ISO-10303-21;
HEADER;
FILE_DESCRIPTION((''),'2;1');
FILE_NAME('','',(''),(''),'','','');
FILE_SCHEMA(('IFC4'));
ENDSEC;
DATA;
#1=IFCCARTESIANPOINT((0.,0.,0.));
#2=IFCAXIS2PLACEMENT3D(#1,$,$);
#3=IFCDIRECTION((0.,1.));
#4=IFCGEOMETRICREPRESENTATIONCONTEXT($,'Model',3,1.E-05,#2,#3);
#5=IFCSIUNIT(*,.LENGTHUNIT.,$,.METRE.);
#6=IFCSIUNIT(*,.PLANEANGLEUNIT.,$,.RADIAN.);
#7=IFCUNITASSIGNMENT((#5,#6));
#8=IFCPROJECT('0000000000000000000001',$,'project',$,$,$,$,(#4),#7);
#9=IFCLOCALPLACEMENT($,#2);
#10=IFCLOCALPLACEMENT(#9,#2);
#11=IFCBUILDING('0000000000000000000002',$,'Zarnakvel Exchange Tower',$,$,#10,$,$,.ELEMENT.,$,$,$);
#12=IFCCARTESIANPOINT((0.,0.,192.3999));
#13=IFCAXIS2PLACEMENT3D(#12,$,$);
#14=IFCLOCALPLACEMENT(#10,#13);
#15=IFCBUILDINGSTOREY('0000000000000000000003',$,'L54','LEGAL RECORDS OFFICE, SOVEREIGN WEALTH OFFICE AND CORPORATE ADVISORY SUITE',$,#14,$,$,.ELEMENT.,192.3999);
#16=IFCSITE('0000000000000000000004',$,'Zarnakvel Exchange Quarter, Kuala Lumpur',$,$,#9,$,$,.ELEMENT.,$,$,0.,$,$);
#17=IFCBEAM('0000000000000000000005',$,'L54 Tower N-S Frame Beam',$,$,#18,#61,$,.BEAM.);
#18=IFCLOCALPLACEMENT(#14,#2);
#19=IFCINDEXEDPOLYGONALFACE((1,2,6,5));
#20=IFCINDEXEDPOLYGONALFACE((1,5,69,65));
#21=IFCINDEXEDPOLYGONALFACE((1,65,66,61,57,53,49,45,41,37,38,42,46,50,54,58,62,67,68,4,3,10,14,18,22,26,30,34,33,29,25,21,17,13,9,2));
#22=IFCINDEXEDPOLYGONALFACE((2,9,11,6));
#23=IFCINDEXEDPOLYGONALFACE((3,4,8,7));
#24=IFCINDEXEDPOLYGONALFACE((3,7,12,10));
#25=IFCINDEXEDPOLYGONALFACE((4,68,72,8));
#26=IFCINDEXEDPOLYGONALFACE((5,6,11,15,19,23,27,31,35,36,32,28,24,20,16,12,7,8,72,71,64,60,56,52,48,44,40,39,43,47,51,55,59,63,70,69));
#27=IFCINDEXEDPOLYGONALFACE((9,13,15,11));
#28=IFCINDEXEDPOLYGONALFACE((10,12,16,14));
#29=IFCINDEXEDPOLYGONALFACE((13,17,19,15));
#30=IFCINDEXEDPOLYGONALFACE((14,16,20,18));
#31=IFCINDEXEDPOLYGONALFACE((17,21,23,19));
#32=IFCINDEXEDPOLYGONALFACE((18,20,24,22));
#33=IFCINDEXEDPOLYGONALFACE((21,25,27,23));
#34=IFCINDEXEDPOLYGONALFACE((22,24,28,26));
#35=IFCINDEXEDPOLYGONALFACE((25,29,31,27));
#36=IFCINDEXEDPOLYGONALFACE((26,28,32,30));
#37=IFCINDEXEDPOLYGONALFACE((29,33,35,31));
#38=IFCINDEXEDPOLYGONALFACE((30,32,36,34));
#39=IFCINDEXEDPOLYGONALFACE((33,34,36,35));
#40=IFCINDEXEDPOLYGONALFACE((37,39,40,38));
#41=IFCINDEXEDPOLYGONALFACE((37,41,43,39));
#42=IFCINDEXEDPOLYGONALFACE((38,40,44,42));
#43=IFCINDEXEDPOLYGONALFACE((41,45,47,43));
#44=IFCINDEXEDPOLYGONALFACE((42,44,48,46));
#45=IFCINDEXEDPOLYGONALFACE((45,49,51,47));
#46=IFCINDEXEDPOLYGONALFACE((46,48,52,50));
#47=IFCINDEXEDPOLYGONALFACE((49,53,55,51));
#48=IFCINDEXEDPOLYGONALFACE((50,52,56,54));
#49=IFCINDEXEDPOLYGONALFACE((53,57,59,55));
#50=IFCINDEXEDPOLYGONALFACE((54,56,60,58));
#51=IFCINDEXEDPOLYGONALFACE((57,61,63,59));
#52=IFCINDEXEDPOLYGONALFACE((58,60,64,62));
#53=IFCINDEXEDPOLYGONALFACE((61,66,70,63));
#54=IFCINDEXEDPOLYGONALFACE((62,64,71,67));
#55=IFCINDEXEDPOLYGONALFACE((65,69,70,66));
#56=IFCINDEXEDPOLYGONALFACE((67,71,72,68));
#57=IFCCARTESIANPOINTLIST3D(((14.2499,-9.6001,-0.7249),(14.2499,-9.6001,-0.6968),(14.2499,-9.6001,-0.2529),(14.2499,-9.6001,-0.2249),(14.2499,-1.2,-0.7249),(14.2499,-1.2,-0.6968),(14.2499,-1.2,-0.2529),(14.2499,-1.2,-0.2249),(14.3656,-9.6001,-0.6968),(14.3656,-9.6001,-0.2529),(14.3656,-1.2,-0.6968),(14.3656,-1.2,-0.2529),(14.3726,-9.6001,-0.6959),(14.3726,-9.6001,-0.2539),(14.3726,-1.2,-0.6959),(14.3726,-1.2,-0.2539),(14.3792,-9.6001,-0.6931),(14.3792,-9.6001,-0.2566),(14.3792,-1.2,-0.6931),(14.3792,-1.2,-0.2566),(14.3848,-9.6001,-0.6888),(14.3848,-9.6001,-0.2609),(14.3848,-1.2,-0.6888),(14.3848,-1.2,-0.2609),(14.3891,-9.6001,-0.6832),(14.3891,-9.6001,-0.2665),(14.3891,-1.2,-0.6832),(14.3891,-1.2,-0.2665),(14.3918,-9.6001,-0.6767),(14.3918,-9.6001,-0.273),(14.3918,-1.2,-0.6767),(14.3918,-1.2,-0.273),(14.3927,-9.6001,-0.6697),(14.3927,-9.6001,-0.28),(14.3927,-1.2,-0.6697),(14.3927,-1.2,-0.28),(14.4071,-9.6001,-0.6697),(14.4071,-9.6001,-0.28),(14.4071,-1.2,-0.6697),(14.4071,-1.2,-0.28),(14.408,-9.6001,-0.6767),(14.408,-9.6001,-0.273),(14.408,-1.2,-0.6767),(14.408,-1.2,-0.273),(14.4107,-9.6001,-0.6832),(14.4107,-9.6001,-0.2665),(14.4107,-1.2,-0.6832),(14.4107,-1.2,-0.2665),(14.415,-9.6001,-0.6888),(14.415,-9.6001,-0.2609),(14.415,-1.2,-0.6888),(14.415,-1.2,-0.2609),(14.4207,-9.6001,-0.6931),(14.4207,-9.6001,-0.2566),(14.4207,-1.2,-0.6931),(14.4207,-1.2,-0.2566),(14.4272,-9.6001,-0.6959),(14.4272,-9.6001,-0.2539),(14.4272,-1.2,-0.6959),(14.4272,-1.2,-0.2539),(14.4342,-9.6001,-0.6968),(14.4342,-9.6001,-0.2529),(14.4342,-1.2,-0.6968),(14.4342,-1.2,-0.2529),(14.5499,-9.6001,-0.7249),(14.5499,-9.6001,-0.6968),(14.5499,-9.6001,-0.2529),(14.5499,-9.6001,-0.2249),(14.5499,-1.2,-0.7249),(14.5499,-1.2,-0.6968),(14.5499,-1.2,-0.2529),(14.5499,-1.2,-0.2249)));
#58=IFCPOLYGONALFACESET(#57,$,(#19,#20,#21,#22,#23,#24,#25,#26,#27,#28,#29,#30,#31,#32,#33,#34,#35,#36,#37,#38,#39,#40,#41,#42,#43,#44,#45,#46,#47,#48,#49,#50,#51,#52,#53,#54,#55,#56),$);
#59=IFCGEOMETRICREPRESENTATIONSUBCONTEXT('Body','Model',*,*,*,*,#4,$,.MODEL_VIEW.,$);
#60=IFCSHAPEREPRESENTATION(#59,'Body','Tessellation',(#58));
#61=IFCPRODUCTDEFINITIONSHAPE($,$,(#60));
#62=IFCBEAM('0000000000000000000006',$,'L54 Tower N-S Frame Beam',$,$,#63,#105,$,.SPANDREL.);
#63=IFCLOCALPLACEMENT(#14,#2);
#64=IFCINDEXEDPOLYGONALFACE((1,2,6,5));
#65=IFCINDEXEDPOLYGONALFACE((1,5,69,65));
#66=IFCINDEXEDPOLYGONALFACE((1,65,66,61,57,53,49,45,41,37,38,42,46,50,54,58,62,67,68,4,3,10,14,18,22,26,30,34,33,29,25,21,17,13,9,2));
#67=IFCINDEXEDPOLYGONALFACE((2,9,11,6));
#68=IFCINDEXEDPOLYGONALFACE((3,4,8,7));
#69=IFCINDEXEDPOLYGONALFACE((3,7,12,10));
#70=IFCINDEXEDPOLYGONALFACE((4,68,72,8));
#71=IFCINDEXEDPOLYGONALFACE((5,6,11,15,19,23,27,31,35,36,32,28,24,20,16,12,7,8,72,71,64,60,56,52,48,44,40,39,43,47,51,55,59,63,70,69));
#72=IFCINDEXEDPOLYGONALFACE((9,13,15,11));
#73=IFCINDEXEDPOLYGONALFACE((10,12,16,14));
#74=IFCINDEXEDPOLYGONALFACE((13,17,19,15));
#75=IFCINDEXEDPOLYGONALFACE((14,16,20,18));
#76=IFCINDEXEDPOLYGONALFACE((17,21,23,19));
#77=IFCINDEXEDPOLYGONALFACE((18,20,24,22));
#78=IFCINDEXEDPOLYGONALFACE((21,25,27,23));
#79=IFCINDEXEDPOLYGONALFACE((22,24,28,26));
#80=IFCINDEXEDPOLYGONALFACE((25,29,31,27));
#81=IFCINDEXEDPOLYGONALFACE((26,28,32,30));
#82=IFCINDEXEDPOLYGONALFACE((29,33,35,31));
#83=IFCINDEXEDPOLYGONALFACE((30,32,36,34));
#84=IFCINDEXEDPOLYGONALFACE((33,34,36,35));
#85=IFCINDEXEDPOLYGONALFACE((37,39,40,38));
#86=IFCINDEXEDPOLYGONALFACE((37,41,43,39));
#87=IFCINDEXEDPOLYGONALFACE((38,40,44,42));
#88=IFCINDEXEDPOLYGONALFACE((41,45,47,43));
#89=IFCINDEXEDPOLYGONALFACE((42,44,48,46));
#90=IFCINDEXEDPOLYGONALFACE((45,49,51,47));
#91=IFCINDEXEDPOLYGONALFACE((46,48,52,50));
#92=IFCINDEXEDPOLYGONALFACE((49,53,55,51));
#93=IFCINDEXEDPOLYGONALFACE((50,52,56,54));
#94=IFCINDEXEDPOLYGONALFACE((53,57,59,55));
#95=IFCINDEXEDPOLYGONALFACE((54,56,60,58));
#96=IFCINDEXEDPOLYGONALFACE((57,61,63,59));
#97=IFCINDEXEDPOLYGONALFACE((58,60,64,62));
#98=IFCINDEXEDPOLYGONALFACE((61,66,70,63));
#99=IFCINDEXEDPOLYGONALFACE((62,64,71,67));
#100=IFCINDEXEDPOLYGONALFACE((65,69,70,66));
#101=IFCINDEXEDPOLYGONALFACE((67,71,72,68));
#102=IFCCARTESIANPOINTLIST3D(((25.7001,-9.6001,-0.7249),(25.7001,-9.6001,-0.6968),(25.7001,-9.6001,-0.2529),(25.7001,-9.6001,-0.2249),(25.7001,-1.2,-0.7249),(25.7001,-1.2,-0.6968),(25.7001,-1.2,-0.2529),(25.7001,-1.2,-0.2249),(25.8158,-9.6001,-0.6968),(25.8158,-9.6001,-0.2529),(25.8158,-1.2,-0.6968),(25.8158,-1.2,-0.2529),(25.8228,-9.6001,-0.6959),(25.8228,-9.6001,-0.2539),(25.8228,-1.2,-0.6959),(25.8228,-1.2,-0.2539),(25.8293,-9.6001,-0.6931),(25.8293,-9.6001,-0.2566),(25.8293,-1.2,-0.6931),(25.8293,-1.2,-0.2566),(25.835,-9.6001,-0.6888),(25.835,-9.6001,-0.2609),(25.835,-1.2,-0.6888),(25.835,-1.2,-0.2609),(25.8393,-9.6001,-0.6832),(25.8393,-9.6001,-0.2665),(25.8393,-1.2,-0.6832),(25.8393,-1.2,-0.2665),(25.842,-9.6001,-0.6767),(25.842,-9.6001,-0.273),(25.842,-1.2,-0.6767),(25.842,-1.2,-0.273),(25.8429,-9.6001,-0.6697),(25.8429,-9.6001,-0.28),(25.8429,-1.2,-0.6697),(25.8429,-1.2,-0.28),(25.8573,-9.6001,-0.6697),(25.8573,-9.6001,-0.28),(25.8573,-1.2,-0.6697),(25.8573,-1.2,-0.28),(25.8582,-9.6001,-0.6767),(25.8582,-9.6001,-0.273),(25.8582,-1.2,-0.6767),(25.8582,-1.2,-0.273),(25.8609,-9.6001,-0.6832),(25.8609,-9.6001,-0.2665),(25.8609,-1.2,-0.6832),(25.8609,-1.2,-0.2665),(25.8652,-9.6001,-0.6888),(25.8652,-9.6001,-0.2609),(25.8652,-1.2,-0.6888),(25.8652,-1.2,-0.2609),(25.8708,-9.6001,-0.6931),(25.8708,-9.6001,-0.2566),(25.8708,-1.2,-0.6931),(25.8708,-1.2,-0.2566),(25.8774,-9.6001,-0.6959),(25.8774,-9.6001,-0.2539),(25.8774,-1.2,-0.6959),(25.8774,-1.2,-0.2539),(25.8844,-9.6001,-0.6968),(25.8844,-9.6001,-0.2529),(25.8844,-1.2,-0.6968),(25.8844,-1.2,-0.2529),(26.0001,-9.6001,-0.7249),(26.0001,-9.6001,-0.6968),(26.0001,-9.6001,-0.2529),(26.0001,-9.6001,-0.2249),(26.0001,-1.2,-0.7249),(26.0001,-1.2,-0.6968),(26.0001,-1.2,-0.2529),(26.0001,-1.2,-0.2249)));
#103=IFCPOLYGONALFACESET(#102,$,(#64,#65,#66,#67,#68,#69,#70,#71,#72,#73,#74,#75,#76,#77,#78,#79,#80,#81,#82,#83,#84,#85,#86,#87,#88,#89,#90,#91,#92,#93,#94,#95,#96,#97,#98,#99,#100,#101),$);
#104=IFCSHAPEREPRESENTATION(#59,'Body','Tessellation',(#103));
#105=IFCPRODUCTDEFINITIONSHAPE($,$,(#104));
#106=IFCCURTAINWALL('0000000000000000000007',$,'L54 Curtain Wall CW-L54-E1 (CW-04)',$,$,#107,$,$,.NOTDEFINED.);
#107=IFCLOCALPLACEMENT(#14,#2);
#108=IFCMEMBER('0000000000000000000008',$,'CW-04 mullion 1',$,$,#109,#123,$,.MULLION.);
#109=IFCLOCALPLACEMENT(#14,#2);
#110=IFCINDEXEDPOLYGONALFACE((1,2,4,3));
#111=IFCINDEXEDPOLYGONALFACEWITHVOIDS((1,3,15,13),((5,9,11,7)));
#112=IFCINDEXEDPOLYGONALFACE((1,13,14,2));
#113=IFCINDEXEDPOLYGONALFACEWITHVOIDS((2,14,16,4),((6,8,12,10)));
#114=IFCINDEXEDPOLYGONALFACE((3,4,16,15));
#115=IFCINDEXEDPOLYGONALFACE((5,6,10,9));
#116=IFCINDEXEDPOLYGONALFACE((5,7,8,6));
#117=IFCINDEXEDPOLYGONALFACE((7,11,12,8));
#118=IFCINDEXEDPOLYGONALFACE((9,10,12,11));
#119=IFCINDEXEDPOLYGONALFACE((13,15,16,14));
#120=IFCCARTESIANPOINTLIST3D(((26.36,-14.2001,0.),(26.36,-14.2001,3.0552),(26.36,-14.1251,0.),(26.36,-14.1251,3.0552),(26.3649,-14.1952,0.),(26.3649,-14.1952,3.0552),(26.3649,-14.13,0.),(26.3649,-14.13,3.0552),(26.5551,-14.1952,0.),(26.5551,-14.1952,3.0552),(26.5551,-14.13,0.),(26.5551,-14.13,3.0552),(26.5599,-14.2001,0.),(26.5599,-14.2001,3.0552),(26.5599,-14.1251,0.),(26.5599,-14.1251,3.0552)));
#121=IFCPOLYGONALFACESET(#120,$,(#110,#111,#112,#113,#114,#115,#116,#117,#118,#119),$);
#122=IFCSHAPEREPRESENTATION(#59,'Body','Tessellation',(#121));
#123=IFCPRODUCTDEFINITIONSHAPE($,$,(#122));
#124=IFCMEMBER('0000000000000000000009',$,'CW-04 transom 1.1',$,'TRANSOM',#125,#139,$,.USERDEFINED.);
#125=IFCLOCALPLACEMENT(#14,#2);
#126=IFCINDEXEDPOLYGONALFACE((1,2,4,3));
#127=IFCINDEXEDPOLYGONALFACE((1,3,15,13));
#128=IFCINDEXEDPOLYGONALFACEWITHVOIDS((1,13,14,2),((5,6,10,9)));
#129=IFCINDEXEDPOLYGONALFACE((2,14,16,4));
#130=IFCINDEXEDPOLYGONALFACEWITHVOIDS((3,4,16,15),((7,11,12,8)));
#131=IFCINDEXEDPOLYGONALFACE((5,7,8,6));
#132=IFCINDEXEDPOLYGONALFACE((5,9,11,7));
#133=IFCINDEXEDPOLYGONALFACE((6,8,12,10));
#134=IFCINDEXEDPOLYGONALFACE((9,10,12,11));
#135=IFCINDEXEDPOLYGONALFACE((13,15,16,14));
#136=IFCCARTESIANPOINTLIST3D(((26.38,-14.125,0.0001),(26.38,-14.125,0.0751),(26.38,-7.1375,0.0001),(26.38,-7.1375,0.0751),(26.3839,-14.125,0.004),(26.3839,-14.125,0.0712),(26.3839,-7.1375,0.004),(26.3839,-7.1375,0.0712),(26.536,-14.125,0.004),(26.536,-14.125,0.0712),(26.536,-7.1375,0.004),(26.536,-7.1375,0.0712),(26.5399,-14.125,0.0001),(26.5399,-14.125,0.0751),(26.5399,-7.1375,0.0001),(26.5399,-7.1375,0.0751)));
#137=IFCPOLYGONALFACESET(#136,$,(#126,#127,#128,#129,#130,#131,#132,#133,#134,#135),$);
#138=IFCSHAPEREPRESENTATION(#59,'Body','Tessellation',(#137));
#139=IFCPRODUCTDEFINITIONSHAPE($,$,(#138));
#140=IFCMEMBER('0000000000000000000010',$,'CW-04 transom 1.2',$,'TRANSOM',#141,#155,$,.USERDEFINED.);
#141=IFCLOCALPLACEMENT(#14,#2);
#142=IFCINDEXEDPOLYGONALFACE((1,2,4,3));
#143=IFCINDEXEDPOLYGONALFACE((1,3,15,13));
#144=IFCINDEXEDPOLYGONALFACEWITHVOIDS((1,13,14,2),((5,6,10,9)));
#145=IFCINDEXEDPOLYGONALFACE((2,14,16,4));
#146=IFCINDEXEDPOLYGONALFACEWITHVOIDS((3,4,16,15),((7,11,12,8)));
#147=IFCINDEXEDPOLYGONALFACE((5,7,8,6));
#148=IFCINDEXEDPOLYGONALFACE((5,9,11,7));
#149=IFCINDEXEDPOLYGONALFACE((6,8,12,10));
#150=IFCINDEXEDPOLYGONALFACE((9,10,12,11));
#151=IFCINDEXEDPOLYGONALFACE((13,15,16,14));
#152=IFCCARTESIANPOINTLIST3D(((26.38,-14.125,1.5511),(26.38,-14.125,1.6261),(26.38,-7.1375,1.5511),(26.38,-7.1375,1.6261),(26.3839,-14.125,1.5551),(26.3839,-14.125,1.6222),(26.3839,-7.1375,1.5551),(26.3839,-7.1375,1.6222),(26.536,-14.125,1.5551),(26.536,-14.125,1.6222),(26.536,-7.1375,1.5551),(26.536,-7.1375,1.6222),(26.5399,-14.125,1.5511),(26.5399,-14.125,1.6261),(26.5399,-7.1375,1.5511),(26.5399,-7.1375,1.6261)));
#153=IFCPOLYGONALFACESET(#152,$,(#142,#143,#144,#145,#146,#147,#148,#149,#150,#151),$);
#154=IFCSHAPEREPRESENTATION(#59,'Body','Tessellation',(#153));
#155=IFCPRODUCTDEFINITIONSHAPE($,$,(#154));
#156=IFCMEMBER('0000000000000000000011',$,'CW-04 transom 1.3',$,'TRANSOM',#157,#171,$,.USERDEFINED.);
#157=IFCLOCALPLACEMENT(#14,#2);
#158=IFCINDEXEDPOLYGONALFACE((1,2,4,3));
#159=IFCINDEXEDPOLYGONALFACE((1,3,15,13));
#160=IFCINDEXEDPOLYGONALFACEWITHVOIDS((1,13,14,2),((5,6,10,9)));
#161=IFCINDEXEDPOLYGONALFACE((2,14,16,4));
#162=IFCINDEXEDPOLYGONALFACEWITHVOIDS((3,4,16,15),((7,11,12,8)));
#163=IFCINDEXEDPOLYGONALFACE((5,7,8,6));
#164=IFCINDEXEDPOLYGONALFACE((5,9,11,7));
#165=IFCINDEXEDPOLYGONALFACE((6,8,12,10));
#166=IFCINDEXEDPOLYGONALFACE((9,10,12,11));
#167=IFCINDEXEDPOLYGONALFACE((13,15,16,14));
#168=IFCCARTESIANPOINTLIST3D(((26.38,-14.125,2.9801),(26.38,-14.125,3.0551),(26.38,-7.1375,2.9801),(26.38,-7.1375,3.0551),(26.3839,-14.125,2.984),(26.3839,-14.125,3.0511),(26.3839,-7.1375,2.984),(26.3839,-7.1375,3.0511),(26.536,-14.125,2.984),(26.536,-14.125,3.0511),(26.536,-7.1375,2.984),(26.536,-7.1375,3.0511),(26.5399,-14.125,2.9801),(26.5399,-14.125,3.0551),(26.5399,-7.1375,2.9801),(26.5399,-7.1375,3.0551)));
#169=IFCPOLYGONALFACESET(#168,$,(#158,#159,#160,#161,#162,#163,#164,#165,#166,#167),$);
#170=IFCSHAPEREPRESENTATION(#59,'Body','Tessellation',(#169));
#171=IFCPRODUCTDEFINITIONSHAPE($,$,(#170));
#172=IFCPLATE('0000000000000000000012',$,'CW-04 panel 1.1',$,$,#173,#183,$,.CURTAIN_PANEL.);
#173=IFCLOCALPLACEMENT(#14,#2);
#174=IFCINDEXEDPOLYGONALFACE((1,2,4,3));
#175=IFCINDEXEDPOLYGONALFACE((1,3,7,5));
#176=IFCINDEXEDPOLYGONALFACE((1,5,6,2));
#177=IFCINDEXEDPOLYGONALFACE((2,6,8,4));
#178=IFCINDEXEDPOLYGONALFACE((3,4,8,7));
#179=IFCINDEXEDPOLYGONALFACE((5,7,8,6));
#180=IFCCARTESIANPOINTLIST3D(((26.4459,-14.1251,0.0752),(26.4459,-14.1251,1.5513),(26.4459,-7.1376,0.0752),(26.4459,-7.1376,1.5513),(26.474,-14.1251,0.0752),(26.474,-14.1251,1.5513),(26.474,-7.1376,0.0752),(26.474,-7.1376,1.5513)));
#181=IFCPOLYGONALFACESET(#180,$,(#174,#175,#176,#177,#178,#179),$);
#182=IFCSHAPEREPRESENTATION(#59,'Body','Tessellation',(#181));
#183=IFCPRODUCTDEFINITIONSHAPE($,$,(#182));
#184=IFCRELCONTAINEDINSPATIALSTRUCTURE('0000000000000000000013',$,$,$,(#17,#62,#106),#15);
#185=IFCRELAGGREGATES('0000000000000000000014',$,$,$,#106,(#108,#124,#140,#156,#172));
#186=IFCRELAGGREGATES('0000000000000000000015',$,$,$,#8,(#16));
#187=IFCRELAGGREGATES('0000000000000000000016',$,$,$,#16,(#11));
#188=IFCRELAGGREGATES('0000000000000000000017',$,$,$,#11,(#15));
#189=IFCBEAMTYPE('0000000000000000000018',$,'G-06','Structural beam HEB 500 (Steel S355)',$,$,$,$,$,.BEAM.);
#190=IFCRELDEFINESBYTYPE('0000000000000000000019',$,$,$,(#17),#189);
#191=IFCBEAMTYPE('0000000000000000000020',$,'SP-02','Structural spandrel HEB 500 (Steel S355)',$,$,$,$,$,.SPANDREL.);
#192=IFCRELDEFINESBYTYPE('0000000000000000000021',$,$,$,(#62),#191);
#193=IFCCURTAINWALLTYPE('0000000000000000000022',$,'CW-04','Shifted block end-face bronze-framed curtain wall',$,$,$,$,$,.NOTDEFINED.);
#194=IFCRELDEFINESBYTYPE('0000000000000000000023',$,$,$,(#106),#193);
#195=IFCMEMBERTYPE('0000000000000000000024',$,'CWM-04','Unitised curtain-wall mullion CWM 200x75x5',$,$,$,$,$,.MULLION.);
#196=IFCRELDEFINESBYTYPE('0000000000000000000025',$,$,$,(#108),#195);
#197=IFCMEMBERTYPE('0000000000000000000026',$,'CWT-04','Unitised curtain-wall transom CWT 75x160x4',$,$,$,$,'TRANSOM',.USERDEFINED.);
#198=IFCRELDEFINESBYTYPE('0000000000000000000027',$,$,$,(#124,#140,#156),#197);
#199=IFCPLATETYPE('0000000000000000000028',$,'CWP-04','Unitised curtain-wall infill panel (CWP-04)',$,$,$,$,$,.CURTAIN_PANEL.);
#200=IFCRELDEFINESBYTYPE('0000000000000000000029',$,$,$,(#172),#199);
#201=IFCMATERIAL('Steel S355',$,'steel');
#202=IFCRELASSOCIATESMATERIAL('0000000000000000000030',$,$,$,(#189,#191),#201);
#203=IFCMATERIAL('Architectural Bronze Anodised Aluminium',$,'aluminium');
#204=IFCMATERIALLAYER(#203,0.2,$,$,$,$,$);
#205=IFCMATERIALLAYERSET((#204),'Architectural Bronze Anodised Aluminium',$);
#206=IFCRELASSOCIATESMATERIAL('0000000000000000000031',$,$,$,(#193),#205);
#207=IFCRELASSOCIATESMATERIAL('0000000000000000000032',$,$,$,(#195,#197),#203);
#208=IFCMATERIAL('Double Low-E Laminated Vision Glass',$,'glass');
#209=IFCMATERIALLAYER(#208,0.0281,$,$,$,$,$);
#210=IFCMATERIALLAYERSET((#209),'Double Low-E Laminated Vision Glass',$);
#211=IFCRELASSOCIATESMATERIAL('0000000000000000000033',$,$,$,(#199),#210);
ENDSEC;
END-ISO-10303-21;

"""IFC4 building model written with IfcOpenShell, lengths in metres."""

from ifc_helpers import new_model, si_unit, direction, frame, origin, origin_2d, place, context, subcontext, project, spatial, rectangle, hollow_rectangle, i_section, extrude, source, transform, mapped, material, layer, layer_set, material_profile, profile_set, type_object, element, aggregate, save


model = new_model("IFC4")

# Units and contexts
model_context = context("Model", 3, precision=1e-05, world=origin(), true_north=direction((0.0, 1.0)))
body_context = subcontext(model_context, "Body", "Model", "MODEL_VIEW")
ifc_project = project(units=[si_unit("LENGTHUNIT", "METRE"), si_unit("PLANEANGLEUNIT", "RADIAN")], contexts=[model_context])

# Site, building, storey
site_placement = place(None, origin())
site = spatial("IfcSite", under=ifc_project, at=site_placement, Name="Zarnakvel Exchange Quarter, Kuala Lumpur", CompositionType="ELEMENT", RefElevation=0.0)
building_placement = place(site_placement, origin())
building = spatial("IfcBuilding", under=site, at=building_placement, Name="Zarnakvel Exchange Tower", CompositionType="ELEMENT")
storey_placement = place(building_placement, frame((0.0, 0.0, 192.3999)))
storey = spatial("IfcBuildingStorey", under=building, at=storey_placement, Name="L54", Description="LEGAL RECORDS OFFICE, SOVEREIGN WEALTH OFFICE AND CORPORATE ADVISORY SUITE", CompositionType="ELEMENT", Elevation=192.3999)

# Shared definitions
ifc_material_1 = material(Name="Steel S355", Category="steel")

# Beams
ifc_material_profile_1 = material_profile(ifc_material_1, i_section(OverallWidth=0.3, OverallDepth=0.5, WebThickness=0.0144, FlangeThickness=0.0281, FilletRadius=0.0271, at=origin_2d()))
ifc_profile_set_1 = profile_set([ifc_material_profile_1], Name="Steel S355")
beam_type_1 = type_object("IfcBeamType", Name="G-06", Description="Structural beam HEB 500 (Steel S355)", PredefinedType="BEAM", material=ifc_profile_set_1)
beam_1_placement = place(storey_placement, frame((14.3999, -9.6001, -0.4749), z_axis=(0.0, 1.0, 0.0), x_axis=(-1.0, 0.0, 0.0)))
element("IfcBeam", 1, at=beam_1_placement, inside=storey, type_object=beam_type_1, Name="L54 Tower N-S Frame Beam", PredefinedType="BEAM", context=body_context, shape_type="SweptSolid", body=[
    extrude(i_section(OverallWidth=0.3, OverallDepth=0.5, WebThickness=0.0144, FlangeThickness=0.0281, FilletRadius=0.0271, at=origin_2d()), origin(), (0.0, 0.0, 1.0), 8.4001),
])
ifc_material_profile_2 = material_profile(ifc_material_1, i_section(OverallWidth=0.3, OverallDepth=0.5, WebThickness=0.0144, FlangeThickness=0.0281, FilletRadius=0.0271, at=origin_2d()))
ifc_profile_set_2 = profile_set([ifc_material_profile_2], Name="Steel S355")
beam_type_2 = type_object("IfcBeamType", Name="SP-02", Description="Structural spandrel HEB 500 (Steel S355)", PredefinedType="SPANDREL", material=ifc_profile_set_2)
beam_2_placement = place(storey_placement, frame((25.8501, -9.6001, -0.4749), z_axis=(0.0, 1.0, 0.0), x_axis=(-1.0, 0.0, 0.0)))
element("IfcBeam", 2, at=beam_2_placement, inside=storey, type_object=beam_type_2, Name="L54 Tower N-S Frame Beam", PredefinedType="SPANDREL", context=body_context, shape_type="SweptSolid", body=[
    extrude(i_section(OverallWidth=0.3, OverallDepth=0.5, WebThickness=0.0144, FlangeThickness=0.0281, FilletRadius=0.0271, at=origin_2d()), origin(), (0.0, 0.0, 1.0), 8.4001),
])

# Curtain wall, members, plate
ifc_material_2 = material(Name="Architectural Bronze Anodised Aluminium", Category="aluminium")
ifc_layer_1 = layer(ifc_material_2, 0.2)
ifc_layer_set_1 = layer_set([ifc_layer_1], Name="Architectural Bronze Anodised Aluminium")
curtain_wall_type = type_object("IfcCurtainWallType", Name="CW-04", Description="Shifted block end-face bronze-framed curtain wall", PredefinedType="NOTDEFINED", material=ifc_layer_set_1)
curtain_wall_placement = place(storey_placement, origin())
curtain_wall = element("IfcCurtainWall", 3, at=curtain_wall_placement, inside=storey, type_object=curtain_wall_type, Name="L54 Curtain Wall CW-L54-E1 (CW-04)", PredefinedType="NOTDEFINED")
ifc_material_profile_3 = material_profile(ifc_material_2, hollow_rectangle(XDim=0.2, YDim=0.075, WallThickness=0.0049, at=origin_2d()))
ifc_profile_set_3 = profile_set([ifc_material_profile_3], Name="Architectural Bronze Anodised Aluminium")
member_type_1 = type_object("IfcMemberType", Name="CWM-04", Description="Unitised curtain-wall mullion CWM 200x75x5", PredefinedType="MULLION", material=ifc_profile_set_3)
shared_shape_1 = source(origin(), body_context, "Body", "SweptSolid", [
    extrude(hollow_rectangle(XDim=0.2, YDim=0.075, WallThickness=0.0049, at=origin_2d()), origin(), (0.0, 0.0, 1.0), 3.0552),
])
member_1_placement = place(storey_placement, frame((26.46, -14.1626, 0.0), z_axis=(0.0, 0.0, 1.0), x_axis=(-1.0, 0.0, 0.0)))
member_1 = element("IfcMember", 4, at=member_1_placement, type_object=member_type_1, Name="CW-04 mullion 1", PredefinedType="MULLION", context=body_context, shape_type="MappedRepresentation", body=[
    mapped(shared_shape_1, transform((0.0, 0.0, 0.0), x_axis=(1.0, 0.0, 0.0), y_axis=(0.0, 1.0, 0.0), z_axis=(0.0, 0.0, 1.0), scale=1.0)),
])
ifc_material_profile_4 = material_profile(ifc_material_2, hollow_rectangle(XDim=0.1599, YDim=0.075, WallThickness=0.0039, at=origin_2d()))
ifc_profile_set_4 = profile_set([ifc_material_profile_4], Name="Architectural Bronze Anodised Aluminium")
member_type_2 = type_object("IfcMemberType", Name="CWT-04", Description="Unitised curtain-wall transom CWT 75x160x4", ElementType="TRANSOM", PredefinedType="USERDEFINED", material=ifc_profile_set_4)
shared_shape_2 = source(origin(), body_context, "Body", "SweptSolid", [
    extrude(hollow_rectangle(XDim=0.1599, YDim=0.075, WallThickness=0.0039, at=origin_2d()), origin(), (0.0, 0.0, 1.0), 6.9875),
])
member_2_placement = place(storey_placement, frame((26.46, -14.125, 0.0376), z_axis=(0.0, 1.0, 0.0), x_axis=(-1.0, 0.0, 0.0)))
member_2 = element("IfcMember", 5, at=member_2_placement, type_object=member_type_2, Name="CW-04 transom 1.1", ObjectType="TRANSOM", PredefinedType="USERDEFINED", context=body_context, shape_type="MappedRepresentation", body=[
    mapped(shared_shape_2, transform((0.0, 0.0, 0.0), x_axis=(1.0, 0.0, 0.0), y_axis=(0.0, 1.0, 0.0), z_axis=(0.0, 0.0, 1.0), scale=1.0)),
])
member_3_placement = place(storey_placement, frame((26.46, -14.125, 1.5886), z_axis=(0.0, 1.0, 0.0), x_axis=(-1.0, 0.0, 0.0)))
member_3 = element("IfcMember", 6, at=member_3_placement, type_object=member_type_2, Name="CW-04 transom 1.2", ObjectType="TRANSOM", PredefinedType="USERDEFINED", context=body_context, shape_type="MappedRepresentation", body=[
    mapped(shared_shape_2, transform((0.0, 0.0, 0.0), x_axis=(1.0, 0.0, 0.0), y_axis=(0.0, 1.0, 0.0), z_axis=(0.0, 0.0, 1.0), scale=1.0)),
])
member_4_placement = place(storey_placement, frame((26.46, -14.125, 3.0176), z_axis=(0.0, 1.0, 0.0), x_axis=(-1.0, 0.0, 0.0)))
member_4 = element("IfcMember", 7, at=member_4_placement, type_object=member_type_2, Name="CW-04 transom 1.3", ObjectType="TRANSOM", PredefinedType="USERDEFINED", context=body_context, shape_type="MappedRepresentation", body=[
    mapped(shared_shape_2, transform((0.0, 0.0, 0.0), x_axis=(1.0, 0.0, 0.0), y_axis=(0.0, 1.0, 0.0), z_axis=(0.0, 0.0, 1.0), scale=1.0)),
])
ifc_material_3 = material(Name="Double Low-E Laminated Vision Glass", Category="glass")
ifc_layer_2 = layer(ifc_material_3, 0.0281)
ifc_layer_set_2 = layer_set([ifc_layer_2], Name="Double Low-E Laminated Vision Glass")
plate_type = type_object("IfcPlateType", Name="CWP-04", Description="Unitised curtain-wall infill panel (CWP-04)", PredefinedType="CURTAIN_PANEL", material=ifc_layer_set_2)
shared_shape_3 = source(origin(), body_context, "Body", "SweptSolid", [
    extrude(rectangle(XDim=6.9875, YDim=0.0281, at=origin_2d()), origin(), (0.0, 0.0, 1.0), 1.4761),
])
plate_1_placement = place(storey_placement, frame((26.46, -10.6313, 0.0752), z_axis=(0.0, 0.0, 1.0), x_axis=(0.0, 1.0, 0.0)))
plate_1 = element("IfcPlate", 8, at=plate_1_placement, type_object=plate_type, Name="CW-04 panel 1.1", PredefinedType="CURTAIN_PANEL", context=body_context, shape_type="MappedRepresentation", body=[
    mapped(shared_shape_3, transform((0.0, 0.0, 0.0), x_axis=(1.0, 0.0, 0.0), y_axis=(0.0, 1.0, 0.0), z_axis=(0.0, 0.0, 1.0), scale=1.0)),
])
aggregate(curtain_wall, [member_1, member_2, member_3, member_4, plate_1])

save(model, "model.ifc")
